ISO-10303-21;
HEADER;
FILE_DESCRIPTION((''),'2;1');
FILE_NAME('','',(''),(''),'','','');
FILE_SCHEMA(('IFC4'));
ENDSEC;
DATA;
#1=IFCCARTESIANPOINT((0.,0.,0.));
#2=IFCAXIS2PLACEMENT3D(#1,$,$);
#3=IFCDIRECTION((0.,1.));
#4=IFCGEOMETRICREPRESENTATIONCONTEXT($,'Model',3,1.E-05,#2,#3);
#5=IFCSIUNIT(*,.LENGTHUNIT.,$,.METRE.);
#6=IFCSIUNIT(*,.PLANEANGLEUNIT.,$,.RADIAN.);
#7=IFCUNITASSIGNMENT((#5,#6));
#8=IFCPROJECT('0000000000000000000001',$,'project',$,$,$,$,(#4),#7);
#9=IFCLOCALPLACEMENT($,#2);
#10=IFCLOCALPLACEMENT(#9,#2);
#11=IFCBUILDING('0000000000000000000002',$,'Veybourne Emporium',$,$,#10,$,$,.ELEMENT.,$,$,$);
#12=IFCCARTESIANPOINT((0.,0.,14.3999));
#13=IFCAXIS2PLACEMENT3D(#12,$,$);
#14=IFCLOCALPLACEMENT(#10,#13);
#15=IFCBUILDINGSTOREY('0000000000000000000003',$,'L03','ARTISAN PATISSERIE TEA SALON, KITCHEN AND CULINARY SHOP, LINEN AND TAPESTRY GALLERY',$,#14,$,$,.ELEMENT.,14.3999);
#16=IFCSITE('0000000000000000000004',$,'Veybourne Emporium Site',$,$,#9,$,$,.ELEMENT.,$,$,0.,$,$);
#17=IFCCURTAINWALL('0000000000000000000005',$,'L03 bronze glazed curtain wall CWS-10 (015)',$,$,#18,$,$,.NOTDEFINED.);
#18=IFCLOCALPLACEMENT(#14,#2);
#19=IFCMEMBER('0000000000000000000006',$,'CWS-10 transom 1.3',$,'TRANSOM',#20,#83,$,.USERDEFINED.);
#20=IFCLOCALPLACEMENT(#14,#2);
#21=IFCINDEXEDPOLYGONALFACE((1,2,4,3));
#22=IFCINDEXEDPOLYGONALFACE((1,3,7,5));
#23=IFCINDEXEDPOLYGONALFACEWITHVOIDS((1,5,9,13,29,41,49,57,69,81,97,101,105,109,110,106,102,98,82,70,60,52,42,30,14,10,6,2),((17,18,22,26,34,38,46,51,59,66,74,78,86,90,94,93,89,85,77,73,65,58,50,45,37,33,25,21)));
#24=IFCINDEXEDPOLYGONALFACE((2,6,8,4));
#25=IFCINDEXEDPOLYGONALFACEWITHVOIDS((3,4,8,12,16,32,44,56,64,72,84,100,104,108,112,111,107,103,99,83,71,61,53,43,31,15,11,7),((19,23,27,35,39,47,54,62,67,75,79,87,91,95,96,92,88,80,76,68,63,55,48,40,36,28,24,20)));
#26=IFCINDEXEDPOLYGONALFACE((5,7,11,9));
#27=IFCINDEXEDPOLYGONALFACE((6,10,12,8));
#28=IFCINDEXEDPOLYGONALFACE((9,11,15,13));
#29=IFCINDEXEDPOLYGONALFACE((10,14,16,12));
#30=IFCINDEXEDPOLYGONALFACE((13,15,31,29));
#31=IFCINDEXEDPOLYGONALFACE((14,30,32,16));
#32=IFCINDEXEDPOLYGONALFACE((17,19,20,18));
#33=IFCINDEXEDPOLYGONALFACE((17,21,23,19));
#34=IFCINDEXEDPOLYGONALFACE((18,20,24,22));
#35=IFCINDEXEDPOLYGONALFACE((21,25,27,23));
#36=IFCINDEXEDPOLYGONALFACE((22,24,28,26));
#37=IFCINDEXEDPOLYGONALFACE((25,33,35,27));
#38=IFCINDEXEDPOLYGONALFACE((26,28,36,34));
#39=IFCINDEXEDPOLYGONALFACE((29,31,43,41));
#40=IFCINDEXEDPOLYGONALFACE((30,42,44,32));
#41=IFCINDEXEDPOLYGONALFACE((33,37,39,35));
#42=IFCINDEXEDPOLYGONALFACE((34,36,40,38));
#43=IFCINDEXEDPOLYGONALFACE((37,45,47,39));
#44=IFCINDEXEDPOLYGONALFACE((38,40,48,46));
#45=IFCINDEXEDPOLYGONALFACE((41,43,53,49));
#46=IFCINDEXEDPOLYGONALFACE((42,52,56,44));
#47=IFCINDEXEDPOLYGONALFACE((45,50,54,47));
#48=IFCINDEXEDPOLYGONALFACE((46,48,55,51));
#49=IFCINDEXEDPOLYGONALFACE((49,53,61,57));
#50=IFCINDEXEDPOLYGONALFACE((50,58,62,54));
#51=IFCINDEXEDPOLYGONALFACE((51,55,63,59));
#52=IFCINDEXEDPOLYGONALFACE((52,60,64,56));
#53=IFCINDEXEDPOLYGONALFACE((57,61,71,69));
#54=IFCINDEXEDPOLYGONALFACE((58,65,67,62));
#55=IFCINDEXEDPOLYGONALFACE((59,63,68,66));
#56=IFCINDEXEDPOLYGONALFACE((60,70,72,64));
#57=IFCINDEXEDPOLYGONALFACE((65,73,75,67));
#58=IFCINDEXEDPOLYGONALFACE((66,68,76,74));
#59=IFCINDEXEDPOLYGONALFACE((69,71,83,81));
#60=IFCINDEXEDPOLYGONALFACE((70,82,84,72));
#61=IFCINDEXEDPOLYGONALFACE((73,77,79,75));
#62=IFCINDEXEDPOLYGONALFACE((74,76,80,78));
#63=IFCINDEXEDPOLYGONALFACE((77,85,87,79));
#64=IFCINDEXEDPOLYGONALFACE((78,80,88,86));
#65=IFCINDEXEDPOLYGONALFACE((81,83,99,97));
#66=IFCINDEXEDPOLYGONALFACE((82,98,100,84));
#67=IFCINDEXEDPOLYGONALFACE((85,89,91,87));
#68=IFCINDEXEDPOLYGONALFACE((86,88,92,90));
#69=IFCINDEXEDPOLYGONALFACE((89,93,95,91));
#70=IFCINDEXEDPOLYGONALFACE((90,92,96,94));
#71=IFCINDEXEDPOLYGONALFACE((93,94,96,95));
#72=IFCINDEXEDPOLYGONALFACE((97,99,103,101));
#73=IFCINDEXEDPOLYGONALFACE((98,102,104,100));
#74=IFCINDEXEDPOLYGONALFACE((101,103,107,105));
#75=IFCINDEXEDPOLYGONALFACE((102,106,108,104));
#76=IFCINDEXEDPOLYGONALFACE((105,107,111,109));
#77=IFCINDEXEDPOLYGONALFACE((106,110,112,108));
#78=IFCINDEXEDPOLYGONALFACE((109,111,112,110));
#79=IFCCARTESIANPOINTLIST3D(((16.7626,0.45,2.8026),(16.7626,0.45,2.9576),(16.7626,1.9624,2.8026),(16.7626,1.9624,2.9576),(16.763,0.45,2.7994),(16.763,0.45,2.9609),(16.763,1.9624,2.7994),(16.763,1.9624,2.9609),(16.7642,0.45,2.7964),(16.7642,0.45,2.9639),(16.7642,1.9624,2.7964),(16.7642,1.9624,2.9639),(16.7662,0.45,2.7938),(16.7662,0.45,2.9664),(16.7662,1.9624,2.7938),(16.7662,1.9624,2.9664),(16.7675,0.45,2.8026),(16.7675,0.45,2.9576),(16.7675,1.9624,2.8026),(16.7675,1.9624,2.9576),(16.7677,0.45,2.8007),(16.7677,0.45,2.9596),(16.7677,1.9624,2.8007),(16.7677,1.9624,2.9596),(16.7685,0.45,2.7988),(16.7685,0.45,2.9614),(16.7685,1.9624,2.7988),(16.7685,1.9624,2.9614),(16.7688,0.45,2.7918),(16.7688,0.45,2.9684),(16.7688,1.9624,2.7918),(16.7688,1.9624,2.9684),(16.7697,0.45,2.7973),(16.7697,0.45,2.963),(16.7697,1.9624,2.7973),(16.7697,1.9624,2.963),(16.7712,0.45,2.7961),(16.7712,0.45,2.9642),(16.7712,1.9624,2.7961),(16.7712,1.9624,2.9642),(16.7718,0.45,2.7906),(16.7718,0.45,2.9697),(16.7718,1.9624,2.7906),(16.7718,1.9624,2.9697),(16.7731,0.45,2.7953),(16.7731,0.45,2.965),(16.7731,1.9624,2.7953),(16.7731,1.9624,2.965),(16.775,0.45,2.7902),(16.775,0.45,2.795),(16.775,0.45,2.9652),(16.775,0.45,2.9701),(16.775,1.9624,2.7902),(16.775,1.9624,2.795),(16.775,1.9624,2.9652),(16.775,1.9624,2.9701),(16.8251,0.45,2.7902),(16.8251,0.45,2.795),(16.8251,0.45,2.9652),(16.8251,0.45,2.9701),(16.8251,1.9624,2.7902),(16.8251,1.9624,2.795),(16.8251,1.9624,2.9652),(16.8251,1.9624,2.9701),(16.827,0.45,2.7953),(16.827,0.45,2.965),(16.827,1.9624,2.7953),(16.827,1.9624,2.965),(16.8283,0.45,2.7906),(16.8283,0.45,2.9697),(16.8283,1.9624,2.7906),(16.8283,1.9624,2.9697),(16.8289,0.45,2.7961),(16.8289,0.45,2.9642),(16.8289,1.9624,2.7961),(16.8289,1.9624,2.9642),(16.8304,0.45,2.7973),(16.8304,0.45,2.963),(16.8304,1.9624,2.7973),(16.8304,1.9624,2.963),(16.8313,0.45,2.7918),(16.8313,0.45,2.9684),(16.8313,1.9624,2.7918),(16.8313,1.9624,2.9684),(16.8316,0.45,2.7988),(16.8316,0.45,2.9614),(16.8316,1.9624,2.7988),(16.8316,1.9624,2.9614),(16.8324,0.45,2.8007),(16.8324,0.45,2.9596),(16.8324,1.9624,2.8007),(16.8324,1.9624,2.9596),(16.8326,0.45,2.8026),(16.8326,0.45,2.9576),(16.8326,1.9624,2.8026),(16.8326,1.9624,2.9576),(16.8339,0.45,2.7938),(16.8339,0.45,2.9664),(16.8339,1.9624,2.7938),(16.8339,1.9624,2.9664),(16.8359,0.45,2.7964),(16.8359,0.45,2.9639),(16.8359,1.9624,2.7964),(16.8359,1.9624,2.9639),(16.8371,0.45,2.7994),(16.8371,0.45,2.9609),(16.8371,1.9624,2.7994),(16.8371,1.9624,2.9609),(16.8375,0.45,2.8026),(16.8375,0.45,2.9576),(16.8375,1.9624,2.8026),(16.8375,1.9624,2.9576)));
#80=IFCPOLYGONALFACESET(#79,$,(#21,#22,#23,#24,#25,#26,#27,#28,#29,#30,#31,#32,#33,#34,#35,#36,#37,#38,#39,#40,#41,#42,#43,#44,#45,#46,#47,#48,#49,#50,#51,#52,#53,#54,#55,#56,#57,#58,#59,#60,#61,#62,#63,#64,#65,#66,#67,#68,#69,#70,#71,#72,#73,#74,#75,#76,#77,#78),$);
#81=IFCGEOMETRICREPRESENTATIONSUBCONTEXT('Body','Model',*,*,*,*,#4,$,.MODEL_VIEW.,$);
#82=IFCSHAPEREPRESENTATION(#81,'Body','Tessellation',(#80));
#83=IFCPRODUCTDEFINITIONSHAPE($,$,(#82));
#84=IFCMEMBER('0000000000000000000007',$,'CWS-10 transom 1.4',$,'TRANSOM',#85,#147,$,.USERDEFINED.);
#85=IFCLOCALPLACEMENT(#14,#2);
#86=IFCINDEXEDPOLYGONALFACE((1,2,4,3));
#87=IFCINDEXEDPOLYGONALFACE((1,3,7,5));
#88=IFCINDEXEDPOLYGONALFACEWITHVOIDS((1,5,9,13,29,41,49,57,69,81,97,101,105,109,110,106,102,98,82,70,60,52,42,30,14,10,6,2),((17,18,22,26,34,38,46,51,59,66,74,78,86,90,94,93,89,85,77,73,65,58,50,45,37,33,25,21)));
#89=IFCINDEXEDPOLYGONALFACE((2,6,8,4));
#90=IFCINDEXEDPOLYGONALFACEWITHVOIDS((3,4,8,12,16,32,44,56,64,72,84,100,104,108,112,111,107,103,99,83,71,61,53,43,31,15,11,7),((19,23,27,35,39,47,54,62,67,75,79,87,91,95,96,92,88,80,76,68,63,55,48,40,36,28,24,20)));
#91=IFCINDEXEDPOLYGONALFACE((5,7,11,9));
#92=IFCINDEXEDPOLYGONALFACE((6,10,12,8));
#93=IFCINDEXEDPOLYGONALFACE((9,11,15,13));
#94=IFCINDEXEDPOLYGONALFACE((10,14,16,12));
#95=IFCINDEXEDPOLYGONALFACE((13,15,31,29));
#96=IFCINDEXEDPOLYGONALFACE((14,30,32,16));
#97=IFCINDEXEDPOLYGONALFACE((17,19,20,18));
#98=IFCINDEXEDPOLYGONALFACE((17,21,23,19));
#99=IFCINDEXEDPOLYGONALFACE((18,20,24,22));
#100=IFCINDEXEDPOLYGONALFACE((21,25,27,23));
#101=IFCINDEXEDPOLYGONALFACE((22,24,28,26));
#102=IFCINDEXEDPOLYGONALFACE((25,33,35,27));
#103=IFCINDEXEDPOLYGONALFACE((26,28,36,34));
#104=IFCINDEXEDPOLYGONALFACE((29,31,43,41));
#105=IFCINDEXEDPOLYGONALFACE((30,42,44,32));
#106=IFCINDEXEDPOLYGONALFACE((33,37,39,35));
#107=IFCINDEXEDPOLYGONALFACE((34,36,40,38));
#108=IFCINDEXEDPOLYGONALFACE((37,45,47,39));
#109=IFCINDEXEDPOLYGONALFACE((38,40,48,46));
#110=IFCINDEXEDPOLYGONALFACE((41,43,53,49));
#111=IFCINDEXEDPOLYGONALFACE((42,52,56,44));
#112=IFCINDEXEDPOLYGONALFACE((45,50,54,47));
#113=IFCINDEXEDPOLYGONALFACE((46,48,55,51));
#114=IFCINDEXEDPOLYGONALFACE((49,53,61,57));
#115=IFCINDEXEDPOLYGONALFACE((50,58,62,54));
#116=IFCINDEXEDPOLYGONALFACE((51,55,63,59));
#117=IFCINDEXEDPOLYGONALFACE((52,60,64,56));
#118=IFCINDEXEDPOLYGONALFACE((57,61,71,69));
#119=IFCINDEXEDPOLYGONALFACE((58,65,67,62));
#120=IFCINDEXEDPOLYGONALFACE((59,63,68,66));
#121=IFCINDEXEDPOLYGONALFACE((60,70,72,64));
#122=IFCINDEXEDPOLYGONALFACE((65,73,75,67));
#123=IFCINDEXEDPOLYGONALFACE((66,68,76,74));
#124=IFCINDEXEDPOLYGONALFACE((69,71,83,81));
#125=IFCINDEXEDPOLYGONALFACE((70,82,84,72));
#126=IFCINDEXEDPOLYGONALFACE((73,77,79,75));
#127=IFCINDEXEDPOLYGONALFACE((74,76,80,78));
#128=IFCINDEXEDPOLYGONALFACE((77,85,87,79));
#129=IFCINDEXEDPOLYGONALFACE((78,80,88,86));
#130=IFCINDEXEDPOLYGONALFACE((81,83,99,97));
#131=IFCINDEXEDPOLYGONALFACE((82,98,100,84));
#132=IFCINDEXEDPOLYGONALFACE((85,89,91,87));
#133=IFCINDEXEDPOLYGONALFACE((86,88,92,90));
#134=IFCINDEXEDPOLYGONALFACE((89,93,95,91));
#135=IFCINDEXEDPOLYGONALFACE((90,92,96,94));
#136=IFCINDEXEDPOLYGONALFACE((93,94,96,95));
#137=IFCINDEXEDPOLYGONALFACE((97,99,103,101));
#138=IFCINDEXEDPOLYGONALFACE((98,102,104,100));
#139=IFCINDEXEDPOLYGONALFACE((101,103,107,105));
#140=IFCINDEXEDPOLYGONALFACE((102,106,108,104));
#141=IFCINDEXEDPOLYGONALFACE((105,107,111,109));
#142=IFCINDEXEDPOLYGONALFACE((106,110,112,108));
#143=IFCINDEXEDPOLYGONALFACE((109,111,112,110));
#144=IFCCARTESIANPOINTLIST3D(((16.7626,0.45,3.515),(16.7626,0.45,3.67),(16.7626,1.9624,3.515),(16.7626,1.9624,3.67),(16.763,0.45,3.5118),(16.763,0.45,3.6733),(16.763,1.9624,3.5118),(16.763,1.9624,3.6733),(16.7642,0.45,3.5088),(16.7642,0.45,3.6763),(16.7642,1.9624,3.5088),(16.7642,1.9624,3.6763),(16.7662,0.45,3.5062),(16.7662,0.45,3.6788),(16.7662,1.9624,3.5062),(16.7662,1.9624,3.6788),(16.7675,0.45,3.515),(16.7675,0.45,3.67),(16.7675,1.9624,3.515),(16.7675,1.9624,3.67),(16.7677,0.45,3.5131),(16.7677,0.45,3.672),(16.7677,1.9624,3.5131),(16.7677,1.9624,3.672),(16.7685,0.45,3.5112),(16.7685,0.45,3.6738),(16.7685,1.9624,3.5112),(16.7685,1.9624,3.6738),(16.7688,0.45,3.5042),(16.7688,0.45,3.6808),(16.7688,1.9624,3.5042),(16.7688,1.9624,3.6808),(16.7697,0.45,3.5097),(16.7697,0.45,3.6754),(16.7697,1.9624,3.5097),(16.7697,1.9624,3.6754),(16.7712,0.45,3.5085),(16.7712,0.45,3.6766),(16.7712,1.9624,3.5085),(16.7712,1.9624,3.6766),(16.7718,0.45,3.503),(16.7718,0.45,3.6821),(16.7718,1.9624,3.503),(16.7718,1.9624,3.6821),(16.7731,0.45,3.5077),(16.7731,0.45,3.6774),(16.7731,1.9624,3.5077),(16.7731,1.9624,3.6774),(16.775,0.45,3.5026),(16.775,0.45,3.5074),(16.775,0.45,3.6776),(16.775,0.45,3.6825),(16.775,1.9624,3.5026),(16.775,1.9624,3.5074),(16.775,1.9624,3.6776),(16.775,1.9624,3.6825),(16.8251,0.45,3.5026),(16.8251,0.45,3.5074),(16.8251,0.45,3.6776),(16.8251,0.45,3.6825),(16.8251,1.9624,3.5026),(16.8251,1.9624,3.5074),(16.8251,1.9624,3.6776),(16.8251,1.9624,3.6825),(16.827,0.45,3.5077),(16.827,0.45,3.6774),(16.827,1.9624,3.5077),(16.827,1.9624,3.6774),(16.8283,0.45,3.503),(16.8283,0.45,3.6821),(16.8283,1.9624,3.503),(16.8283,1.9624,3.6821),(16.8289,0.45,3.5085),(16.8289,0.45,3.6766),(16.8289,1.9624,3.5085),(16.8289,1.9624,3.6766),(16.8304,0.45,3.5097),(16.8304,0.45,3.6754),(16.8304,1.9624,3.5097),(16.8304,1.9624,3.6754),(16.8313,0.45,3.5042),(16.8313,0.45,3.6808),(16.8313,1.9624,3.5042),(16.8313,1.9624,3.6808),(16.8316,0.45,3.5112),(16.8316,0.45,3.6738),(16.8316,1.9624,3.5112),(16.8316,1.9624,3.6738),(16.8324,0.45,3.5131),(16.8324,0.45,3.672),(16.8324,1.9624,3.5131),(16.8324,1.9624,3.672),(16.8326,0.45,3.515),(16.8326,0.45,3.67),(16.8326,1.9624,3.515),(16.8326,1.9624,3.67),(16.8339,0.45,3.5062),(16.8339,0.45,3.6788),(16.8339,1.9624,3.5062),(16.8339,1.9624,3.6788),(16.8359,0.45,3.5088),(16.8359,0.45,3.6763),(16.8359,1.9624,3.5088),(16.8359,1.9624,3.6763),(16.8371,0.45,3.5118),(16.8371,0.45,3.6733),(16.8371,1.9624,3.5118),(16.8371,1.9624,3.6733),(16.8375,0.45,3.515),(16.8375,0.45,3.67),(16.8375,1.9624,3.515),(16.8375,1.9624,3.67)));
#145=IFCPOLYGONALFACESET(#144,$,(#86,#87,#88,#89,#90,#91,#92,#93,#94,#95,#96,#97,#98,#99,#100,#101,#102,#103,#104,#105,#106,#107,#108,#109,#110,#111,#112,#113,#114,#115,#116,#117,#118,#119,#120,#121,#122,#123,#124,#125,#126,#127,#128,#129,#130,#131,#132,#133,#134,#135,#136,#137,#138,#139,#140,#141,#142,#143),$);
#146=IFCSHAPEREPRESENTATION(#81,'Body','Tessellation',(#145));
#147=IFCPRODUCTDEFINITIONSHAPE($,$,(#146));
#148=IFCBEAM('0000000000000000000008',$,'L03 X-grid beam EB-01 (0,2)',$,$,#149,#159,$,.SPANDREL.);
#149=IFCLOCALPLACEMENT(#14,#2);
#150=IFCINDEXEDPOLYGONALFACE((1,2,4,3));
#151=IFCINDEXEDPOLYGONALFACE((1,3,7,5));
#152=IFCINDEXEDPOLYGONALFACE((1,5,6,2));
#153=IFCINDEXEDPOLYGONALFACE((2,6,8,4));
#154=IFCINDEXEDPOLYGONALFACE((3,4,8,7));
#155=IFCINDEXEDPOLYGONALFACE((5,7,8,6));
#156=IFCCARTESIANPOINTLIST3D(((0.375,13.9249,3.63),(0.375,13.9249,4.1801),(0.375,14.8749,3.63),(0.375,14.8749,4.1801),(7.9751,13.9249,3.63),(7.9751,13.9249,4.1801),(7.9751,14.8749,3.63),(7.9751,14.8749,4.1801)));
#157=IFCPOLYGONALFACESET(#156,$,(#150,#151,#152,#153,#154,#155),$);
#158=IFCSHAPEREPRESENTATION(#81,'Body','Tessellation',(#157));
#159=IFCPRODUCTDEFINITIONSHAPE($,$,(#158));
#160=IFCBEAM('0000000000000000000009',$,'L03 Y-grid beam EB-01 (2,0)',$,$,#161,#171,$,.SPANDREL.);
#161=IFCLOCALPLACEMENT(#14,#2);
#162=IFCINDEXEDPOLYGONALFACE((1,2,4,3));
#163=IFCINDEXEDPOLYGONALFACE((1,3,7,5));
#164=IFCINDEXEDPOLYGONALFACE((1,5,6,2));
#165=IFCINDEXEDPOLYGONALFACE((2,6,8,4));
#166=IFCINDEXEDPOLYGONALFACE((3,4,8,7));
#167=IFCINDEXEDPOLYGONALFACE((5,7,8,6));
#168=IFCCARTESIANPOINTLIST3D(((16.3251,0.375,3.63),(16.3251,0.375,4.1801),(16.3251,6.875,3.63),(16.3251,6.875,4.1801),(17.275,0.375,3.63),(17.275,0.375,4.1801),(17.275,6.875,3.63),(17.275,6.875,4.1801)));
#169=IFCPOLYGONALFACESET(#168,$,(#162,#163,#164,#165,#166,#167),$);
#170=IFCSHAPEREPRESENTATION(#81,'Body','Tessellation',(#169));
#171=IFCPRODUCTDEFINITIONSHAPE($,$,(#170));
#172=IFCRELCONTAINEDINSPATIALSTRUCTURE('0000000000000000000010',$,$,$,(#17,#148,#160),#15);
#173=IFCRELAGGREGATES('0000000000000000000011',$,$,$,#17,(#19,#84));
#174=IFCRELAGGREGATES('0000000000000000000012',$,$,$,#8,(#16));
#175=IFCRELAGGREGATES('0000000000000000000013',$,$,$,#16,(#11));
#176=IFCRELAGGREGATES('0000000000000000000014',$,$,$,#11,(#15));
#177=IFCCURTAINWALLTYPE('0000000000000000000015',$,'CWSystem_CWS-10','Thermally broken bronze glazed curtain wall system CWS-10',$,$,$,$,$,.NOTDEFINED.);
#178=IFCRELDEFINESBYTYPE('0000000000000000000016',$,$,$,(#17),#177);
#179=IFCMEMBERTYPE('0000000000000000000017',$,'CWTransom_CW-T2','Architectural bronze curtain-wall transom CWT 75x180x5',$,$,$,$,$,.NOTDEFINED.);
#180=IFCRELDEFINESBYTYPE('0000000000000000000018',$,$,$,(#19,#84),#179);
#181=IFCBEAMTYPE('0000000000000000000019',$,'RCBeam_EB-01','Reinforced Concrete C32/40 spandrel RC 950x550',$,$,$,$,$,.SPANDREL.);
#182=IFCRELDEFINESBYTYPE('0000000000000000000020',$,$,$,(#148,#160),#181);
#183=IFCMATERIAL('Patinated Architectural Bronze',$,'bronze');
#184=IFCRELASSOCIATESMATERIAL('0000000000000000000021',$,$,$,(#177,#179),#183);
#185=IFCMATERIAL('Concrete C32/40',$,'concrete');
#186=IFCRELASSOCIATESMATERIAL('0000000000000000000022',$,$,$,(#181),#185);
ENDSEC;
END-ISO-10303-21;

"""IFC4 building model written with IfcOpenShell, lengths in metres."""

from ifc_helpers import new_model, si_unit, direction, frame, origin, origin_2d, place, context, subcontext, project, spatial, rectangle, hollow_rectangle, extrude, material, material_profile, profile_set, type_object, element, aggregate, save


model = new_model("IFC4")

# Units and contexts
model_context = context("Model", 3, precision=1e-05, world=origin(), true_north=direction((0.0, 1.0)))
body_context = subcontext(model_context, "Body", "Model", "MODEL_VIEW")
ifc_project = project(units=[si_unit("LENGTHUNIT", "METRE"), si_unit("PLANEANGLEUNIT", "RADIAN")], contexts=[model_context])

# Site, building, storey
site_placement = place(None, origin())
site = spatial("IfcSite", under=ifc_project, at=site_placement, Name="Veybourne Emporium Site", CompositionType="ELEMENT", RefElevation=0.0)
building_placement = place(site_placement, origin())
building = spatial("IfcBuilding", under=site, at=building_placement, Name="Veybourne Emporium", CompositionType="ELEMENT")
storey_placement = place(building_placement, frame((0.0, 0.0, 14.3999)))
storey = spatial("IfcBuildingStorey", under=building, at=storey_placement, Name="L03", Description="ARTISAN PATISSERIE TEA SALON, KITCHEN AND CULINARY SHOP, LINEN AND TAPESTRY GALLERY", CompositionType="ELEMENT", Elevation=14.3999)

# Shared definitions
ifc_material_1 = material(Name="Patinated Architectural Bronze", Category="bronze")

# Curtain wall, members
curtain_wall_type_1 = type_object("IfcCurtainWallType", Name="CWSystem_CWS-10", Description="Thermally broken bronze glazed curtain wall system CWS-10", PredefinedType="NOTDEFINED", material=ifc_material_1)
curtain_wall_1_placement = place(storey_placement, origin())
curtain_wall_1 = element("IfcCurtainWall", 1, at=curtain_wall_1_placement, inside=storey, type_object=curtain_wall_type_1, Name="L03 bronze glazed curtain wall CWS-10 (015)", PredefinedType="NOTDEFINED")
ifc_material_profile_1 = material_profile(ifc_material_1, hollow_rectangle(XDim=0.075, YDim=0.1799, WallThickness=0.0049, InnerFilletRadius=0.0076, OuterFilletRadius=0.0125, at=origin_2d()), Name="CWT 75x180x5")
ifc_profile_set_1 = profile_set([ifc_material_profile_1], Name="Patinated Architectural Bronze")
member_type_1 = type_object("IfcMemberType", Name="CWTransom_CW-T2", Description="Architectural bronze curtain-wall transom CWT 75x180x5", PredefinedType="NOTDEFINED", material=ifc_profile_set_1)
member_1_placement = place(storey_placement, frame((16.8, 0.45, 2.8801), z_axis=(0.0, 1.0, 0.0), x_axis=(-1.0, 0.0, 0.0)))
member_1 = element("IfcMember", 2, at=member_1_placement, type_object=member_type_1, Name="CWS-10 transom 1.3", ObjectType="TRANSOM", PredefinedType="USERDEFINED", context=body_context, shape_type="SweptSolid", body=[
    extrude(hollow_rectangle(XDim=0.075, YDim=0.1799, WallThickness=0.0049, InnerFilletRadius=0.0076, OuterFilletRadius=0.0125, at=origin_2d()), origin(), (0.0, 0.0, 1.0), 1.5125),
])
member_2_placement = place(storey_placement, frame((16.8, 0.45, 3.5925), z_axis=(0.0, 1.0, 0.0), x_axis=(-1.0, 0.0, 0.0)))
member_2 = element("IfcMember", 3, at=member_2_placement, type_object=member_type_1, Name="CWS-10 transom 1.4", ObjectType="TRANSOM", PredefinedType="USERDEFINED", context=body_context, shape_type="SweptSolid", body=[
    extrude(hollow_rectangle(XDim=0.075, YDim=0.1799, WallThickness=0.0049, InnerFilletRadius=0.0076, OuterFilletRadius=0.0125, at=origin_2d()), origin(), (0.0, 0.0, 1.0), 1.5125),
])

# Beams
ifc_material_2 = material(Name="Concrete C32/40", Category="concrete")
ifc_material_profile_2 = material_profile(ifc_material_2, rectangle(XDim=0.95, YDim=0.55, at=origin_2d()), Name="RC 950x550")
ifc_profile_set_2 = profile_set([ifc_material_profile_2], Name="Concrete C32/40")
beam_type = type_object("IfcBeamType", Name="RCBeam_EB-01", Description="Reinforced Concrete C32/40 spandrel RC 950x550", PredefinedType="SPANDREL", material=ifc_profile_set_2)
beam_1_placement = place(storey_placement, frame((0.375, 14.3999, 3.905), z_axis=(1.0, 0.0, 0.0), x_axis=(0.0, 1.0, 0.0)))
element("IfcBeam", 4, at=beam_1_placement, inside=storey, type_object=beam_type, Name="L03 X-grid beam EB-01 (0,2)", PredefinedType="SPANDREL", context=body_context, shape_type="SweptSolid", body=[
    extrude(rectangle(XDim=0.95, YDim=0.55, at=origin_2d()), origin(), (0.0, 0.0, 1.0), 7.6001),
])
beam_2_placement = place(storey_placement, frame((16.8, 0.375, 3.905), z_axis=(0.0, 1.0, 0.0), x_axis=(-1.0, 0.0, 0.0)))
element("IfcBeam", 5, at=beam_2_placement, inside=storey, type_object=beam_type, Name="L03 Y-grid beam EB-01 (2,0)", PredefinedType="SPANDREL", context=body_context, shape_type="SweptSolid", body=[
    extrude(rectangle(XDim=0.95, YDim=0.55, at=origin_2d()), origin(), (0.0, 0.0, 1.0), 6.5),
])

aggregate(curtain_wall_1, [member_1, member_2])

save(model, "model.ifc")
